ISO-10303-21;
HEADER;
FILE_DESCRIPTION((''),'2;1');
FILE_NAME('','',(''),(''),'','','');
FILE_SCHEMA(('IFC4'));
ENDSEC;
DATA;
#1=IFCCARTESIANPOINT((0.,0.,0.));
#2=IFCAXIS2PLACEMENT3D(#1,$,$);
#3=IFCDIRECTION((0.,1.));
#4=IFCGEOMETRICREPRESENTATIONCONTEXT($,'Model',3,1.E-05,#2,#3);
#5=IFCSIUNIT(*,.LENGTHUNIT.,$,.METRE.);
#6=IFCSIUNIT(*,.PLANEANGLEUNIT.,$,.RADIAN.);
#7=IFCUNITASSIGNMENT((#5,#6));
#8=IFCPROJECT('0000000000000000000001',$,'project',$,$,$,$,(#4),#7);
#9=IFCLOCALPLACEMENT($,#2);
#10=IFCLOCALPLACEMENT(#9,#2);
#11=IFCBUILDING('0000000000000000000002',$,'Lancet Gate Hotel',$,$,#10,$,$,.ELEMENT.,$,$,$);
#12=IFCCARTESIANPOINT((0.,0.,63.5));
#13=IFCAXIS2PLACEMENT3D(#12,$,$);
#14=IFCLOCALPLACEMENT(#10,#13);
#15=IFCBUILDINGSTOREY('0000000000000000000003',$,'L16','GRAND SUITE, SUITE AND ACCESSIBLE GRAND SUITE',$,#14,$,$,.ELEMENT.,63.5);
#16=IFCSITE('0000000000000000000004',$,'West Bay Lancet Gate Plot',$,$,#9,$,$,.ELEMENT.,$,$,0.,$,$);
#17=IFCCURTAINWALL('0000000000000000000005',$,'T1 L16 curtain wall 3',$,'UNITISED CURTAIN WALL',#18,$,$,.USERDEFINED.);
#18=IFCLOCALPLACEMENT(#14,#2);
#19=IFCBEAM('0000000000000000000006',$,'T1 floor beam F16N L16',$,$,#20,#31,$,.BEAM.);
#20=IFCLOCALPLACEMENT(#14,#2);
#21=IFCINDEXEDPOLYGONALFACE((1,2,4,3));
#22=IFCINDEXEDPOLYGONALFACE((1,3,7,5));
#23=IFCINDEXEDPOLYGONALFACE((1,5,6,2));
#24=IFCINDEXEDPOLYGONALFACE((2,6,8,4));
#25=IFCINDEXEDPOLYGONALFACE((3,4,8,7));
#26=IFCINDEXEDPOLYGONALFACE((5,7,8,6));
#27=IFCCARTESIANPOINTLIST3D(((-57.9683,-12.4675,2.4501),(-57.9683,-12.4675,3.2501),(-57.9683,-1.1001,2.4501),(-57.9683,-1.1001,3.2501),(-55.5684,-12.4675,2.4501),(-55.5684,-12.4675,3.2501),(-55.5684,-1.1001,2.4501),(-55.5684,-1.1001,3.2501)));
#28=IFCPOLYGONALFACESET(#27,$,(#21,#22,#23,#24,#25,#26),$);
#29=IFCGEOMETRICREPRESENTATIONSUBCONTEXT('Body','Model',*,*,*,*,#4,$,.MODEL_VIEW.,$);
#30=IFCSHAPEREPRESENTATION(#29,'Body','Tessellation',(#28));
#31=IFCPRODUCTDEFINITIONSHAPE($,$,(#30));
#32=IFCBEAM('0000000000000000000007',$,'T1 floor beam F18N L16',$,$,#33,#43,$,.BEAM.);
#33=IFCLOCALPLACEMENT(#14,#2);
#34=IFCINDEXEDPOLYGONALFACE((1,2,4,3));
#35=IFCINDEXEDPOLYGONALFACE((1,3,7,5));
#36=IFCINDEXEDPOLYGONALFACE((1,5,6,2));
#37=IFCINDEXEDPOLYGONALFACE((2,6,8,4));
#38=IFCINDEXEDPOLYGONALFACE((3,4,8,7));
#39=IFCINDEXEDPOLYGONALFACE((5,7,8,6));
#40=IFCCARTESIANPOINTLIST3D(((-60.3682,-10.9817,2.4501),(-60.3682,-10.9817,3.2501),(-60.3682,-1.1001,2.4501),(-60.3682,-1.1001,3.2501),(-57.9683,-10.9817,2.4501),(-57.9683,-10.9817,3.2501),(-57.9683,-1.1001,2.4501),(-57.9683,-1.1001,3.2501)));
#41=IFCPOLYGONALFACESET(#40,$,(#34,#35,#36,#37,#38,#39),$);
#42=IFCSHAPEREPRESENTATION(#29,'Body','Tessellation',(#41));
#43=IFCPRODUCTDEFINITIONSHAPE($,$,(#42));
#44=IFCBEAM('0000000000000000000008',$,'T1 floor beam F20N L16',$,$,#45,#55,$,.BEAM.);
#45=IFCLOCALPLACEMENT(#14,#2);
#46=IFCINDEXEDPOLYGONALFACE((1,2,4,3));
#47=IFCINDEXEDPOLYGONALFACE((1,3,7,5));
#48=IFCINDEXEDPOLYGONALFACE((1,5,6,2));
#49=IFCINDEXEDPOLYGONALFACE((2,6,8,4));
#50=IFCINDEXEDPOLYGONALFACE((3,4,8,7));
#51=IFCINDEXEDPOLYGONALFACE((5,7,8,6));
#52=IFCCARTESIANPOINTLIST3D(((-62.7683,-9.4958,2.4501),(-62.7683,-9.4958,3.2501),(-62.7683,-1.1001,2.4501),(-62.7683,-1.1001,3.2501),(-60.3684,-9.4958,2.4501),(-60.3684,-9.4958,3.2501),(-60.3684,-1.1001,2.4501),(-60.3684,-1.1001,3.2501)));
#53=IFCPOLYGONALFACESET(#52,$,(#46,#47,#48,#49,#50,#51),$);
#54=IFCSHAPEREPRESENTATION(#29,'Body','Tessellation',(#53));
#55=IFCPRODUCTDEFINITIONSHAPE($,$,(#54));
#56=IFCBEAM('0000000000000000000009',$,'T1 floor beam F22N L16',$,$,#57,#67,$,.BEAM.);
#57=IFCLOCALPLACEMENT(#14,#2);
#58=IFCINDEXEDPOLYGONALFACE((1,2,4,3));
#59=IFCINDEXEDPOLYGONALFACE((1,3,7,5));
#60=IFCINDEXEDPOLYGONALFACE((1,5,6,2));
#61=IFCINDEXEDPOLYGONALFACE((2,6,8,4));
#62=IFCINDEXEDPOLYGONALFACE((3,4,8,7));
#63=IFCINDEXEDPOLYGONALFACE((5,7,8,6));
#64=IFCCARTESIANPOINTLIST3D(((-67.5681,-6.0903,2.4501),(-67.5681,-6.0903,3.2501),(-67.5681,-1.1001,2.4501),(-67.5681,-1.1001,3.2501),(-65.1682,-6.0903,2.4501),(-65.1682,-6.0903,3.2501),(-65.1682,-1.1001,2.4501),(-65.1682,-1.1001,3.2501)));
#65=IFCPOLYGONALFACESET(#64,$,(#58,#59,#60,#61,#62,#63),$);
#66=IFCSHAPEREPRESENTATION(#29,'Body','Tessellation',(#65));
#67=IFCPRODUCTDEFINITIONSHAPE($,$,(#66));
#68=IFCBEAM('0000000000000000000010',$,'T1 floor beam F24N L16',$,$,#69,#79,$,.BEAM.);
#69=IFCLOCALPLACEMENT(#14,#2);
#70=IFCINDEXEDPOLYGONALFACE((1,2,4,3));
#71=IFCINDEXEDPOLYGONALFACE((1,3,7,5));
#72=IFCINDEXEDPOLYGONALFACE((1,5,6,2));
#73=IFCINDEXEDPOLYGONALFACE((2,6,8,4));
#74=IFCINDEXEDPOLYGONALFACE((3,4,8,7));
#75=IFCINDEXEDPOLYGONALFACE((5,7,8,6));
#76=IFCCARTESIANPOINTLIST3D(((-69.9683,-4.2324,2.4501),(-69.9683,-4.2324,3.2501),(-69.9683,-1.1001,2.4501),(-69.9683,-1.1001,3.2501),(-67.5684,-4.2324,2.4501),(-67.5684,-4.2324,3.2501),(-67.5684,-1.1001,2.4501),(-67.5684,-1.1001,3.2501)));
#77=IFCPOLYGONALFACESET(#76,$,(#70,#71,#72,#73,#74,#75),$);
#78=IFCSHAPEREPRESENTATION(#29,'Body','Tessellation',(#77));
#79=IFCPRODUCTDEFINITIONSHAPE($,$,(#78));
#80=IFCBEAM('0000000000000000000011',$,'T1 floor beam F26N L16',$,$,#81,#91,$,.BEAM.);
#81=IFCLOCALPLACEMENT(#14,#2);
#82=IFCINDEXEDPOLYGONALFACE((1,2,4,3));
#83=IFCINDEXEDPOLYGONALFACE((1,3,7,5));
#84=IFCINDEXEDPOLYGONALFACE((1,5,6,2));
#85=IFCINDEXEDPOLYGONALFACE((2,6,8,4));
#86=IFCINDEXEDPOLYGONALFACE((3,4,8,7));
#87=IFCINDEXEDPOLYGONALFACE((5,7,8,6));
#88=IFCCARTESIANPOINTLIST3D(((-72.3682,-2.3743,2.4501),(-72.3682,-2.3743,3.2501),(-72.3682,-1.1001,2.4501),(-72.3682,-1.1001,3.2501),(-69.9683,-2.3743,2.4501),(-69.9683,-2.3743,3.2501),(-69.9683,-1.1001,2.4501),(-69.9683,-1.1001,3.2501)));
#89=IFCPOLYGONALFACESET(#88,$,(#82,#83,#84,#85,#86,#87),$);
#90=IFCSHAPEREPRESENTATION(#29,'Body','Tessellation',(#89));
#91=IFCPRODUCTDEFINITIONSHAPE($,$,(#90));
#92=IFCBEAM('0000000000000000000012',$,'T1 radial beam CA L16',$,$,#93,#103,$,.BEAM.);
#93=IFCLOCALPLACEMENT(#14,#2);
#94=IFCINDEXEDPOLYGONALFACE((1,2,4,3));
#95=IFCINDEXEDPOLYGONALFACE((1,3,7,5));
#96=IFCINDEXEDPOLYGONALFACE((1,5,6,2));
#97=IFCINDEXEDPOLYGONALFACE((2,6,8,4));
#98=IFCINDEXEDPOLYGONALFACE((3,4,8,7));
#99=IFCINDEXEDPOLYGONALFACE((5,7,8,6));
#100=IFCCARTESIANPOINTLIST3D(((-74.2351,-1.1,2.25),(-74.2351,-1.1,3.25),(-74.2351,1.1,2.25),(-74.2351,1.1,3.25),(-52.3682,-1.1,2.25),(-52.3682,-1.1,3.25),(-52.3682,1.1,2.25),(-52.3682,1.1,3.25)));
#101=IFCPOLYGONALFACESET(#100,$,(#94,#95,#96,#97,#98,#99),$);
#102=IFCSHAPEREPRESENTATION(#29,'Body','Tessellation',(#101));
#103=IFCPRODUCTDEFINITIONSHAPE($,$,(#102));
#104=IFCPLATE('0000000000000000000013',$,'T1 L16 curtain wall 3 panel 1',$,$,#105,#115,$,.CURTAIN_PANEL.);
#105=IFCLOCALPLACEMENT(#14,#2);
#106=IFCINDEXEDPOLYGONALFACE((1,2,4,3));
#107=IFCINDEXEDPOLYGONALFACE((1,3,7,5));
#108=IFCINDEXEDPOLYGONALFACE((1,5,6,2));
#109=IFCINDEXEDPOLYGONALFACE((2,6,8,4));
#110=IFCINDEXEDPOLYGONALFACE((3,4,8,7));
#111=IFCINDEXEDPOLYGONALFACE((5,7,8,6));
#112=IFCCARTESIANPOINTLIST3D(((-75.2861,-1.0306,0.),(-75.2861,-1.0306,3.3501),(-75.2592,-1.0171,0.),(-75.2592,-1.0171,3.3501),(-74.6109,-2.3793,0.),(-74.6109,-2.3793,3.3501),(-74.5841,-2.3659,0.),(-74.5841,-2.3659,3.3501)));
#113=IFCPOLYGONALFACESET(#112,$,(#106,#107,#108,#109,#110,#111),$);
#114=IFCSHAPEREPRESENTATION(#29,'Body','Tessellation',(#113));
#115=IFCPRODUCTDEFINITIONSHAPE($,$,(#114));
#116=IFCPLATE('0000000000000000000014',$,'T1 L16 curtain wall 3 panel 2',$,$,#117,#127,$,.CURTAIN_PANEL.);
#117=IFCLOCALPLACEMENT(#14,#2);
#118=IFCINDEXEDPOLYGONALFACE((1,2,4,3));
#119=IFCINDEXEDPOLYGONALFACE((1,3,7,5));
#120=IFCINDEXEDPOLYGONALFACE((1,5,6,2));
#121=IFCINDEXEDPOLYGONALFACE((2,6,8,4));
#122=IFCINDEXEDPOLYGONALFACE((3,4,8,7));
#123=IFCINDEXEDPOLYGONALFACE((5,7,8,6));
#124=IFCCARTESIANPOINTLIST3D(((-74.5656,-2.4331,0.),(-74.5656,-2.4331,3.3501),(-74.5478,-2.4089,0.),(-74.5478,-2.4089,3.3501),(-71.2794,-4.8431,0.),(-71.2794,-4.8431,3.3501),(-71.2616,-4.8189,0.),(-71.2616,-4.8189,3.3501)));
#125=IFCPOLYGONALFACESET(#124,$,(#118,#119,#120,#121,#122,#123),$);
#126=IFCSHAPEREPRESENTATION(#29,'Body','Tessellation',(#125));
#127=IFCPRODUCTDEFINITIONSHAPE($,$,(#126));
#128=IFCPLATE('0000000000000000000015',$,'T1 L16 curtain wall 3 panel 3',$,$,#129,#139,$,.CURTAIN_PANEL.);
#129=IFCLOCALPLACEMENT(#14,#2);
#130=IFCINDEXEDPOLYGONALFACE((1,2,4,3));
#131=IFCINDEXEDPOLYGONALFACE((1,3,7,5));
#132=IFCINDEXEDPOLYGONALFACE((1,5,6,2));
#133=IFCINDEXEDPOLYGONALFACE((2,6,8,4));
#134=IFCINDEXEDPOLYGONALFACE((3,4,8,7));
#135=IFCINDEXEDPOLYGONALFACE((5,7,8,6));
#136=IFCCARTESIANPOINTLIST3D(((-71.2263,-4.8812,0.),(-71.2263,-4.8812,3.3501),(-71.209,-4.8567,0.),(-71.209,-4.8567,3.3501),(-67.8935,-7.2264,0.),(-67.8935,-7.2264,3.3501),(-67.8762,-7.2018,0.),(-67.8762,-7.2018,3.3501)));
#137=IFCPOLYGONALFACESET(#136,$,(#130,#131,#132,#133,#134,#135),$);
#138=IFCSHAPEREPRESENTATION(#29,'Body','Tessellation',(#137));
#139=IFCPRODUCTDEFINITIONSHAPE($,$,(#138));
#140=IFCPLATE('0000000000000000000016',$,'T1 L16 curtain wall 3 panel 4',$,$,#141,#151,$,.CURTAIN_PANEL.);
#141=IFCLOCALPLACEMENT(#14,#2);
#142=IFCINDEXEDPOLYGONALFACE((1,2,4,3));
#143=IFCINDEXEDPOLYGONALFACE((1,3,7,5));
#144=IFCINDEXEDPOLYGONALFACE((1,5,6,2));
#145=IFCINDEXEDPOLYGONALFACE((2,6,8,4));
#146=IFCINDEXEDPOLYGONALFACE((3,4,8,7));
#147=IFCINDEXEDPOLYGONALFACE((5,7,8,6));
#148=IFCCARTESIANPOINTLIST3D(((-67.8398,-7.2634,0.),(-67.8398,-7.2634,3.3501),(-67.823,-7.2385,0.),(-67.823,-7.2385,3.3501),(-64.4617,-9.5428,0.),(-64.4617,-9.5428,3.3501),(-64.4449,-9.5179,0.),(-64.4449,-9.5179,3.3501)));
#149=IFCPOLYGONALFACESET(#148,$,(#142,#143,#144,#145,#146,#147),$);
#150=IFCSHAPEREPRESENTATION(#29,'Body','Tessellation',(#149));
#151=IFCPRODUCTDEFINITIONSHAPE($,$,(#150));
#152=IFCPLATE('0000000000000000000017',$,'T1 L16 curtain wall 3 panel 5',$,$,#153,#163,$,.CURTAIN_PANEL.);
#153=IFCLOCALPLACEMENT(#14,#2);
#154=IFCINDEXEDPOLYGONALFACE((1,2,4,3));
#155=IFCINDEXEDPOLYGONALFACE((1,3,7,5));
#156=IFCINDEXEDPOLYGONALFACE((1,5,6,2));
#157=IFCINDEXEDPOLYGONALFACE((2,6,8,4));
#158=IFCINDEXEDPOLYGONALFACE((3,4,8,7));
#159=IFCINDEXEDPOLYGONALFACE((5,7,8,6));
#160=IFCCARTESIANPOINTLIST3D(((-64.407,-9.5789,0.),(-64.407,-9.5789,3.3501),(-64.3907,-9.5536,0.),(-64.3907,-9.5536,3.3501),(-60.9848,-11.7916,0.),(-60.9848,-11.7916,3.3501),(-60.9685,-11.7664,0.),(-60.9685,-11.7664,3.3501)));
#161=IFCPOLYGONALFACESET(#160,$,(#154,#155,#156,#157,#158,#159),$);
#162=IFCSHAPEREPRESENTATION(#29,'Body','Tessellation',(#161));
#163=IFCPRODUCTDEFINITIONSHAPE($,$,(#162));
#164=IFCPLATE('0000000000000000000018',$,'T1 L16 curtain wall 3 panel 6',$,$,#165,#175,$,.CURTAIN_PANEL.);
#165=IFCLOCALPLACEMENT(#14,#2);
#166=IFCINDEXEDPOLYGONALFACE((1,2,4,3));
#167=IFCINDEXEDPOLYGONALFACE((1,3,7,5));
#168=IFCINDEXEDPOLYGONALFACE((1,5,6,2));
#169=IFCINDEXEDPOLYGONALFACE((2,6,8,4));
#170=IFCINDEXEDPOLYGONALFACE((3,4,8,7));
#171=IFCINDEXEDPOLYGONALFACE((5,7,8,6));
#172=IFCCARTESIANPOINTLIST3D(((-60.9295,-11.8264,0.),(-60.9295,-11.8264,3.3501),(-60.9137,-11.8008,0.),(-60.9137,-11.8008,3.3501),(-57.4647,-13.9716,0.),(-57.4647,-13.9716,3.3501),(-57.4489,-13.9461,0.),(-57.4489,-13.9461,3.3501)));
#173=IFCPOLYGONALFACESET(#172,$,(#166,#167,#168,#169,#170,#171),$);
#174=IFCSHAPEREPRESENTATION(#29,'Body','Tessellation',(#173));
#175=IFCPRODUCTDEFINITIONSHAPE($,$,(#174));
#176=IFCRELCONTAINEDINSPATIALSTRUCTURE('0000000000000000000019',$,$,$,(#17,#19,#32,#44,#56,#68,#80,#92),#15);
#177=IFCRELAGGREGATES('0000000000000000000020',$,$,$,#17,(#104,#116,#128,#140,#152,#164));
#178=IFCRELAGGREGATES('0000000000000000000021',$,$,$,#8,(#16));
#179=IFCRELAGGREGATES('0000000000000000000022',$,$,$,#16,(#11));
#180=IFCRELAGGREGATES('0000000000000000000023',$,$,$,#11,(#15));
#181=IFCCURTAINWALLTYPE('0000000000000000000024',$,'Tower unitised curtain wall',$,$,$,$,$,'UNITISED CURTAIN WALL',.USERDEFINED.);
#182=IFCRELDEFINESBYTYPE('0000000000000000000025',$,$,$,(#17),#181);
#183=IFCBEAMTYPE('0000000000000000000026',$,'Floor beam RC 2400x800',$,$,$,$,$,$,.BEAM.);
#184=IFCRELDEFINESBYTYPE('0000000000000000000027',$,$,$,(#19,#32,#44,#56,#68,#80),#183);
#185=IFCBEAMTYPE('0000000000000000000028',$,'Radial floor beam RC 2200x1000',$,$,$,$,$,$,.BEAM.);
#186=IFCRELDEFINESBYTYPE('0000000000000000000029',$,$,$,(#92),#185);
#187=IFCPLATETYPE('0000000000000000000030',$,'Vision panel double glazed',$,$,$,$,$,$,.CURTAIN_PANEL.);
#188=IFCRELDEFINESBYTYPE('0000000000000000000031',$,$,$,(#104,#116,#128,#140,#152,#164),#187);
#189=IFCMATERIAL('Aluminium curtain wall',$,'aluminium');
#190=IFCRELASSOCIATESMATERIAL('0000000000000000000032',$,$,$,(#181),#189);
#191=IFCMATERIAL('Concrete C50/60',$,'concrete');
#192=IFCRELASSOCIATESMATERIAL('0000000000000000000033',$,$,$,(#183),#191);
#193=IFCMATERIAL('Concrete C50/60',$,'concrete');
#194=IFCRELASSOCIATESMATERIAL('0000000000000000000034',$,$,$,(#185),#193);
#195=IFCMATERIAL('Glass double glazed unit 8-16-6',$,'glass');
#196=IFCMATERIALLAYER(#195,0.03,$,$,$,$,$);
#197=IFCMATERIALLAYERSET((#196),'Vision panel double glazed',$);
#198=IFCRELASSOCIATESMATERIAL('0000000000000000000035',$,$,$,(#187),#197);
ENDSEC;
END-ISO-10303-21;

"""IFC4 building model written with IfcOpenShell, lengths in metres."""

from ifc_helpers import new_model, si_unit, direction, frame, origin, origin_2d, place, context, subcontext, project, spatial, rectangle, extrude, material, layer, layer_set, material_profile, profile_set, type_object, element, aggregate, save


model = new_model("IFC4")

# Units and contexts
model_context = context("Model", 3, precision=1e-05, world=origin(), true_north=direction((0.0, 1.0)))
body_context = subcontext(model_context, "Body", "Model", "MODEL_VIEW")
ifc_project = project(units=[si_unit("LENGTHUNIT", "METRE"), si_unit("PLANEANGLEUNIT", "RADIAN")], contexts=[model_context])

# Site, building, storey
site_placement = place(None, origin())
site = spatial("IfcSite", under=ifc_project, at=site_placement, Name="West Bay Lancet Gate Plot", CompositionType="ELEMENT", RefElevation=0.0)
building_placement = place(site_placement, origin())
building = spatial("IfcBuilding", under=site, at=building_placement, Name="Lancet Gate Hotel", CompositionType="ELEMENT")
storey_placement = place(building_placement, frame((0.0, 0.0, 63.5)))
storey = spatial("IfcBuildingStorey", under=building, at=storey_placement, Name="L16", Description="GRAND SUITE, SUITE AND ACCESSIBLE GRAND SUITE", CompositionType="ELEMENT", Elevation=63.5)

# Shared definitions
ifc_material_1 = material(Name="Aluminium curtain wall", Category="aluminium")
curtain_wall_type = type_object("IfcCurtainWallType", Name="Tower unitised curtain wall", ElementType="UNITISED CURTAIN WALL", PredefinedType="USERDEFINED", material=ifc_material_1)

# Curtain wall
curtain_wall_1_placement = place(storey_placement, origin())
curtain_wall_1 = element("IfcCurtainWall", 1, at=curtain_wall_1_placement, inside=storey, type_object=curtain_wall_type, Name="T1 L16 curtain wall 3", ObjectType="UNITISED CURTAIN WALL", PredefinedType="USERDEFINED")

# Beams
ifc_material_2 = material(Name="Concrete C50/60", Category="concrete")
ifc_material_profile_1 = material_profile(ifc_material_2, rectangle(XDim=2.3999, YDim=0.8, at=origin_2d()), Name="RC 2400x800")
ifc_profile_set_1 = profile_set([ifc_material_profile_1], Name="Concrete C50/60")
beam_type_1 = type_object("IfcBeamType", Name="Floor beam RC 2400x800", PredefinedType="BEAM", material=ifc_profile_set_1)
beam_1_placement = place(storey_placement, frame((-56.7683, -1.1001, 2.8501), z_axis=(0.0, -1.0, 0.0), x_axis=(1.0, 0.0, 0.0)))
element("IfcBeam", 2, at=beam_1_placement, inside=storey, type_object=beam_type_1, Name="T1 floor beam F16N L16", PredefinedType="BEAM", context=body_context, shape_type="SweptSolid", body=[
    extrude(rectangle(XDim=2.3999, YDim=0.8, at=origin_2d()), origin(), (0.0, 0.0, 1.0), 11.3674),
])
beam_2_placement = place(storey_placement, frame((-59.1682, -1.1001, 2.8501), z_axis=(0.0, -1.0, 0.0), x_axis=(1.0, 0.0, 0.0)))
element("IfcBeam", 3, at=beam_2_placement, inside=storey, type_object=beam_type_1, Name="T1 floor beam F18N L16", PredefinedType="BEAM", context=body_context, shape_type="SweptSolid", body=[
    extrude(rectangle(XDim=2.3999, YDim=0.8, at=origin_2d()), origin(), (0.0, 0.0, 1.0), 9.8816),
])
beam_3_placement = place(storey_placement, frame((-61.5684, -1.1001, 2.8501), z_axis=(0.0, -1.0, 0.0), x_axis=(1.0, 0.0, 0.0)))
element("IfcBeam", 4, at=beam_3_placement, inside=storey, type_object=beam_type_1, Name="T1 floor beam F20N L16", PredefinedType="BEAM", context=body_context, shape_type="SweptSolid", body=[
    extrude(rectangle(XDim=2.3999, YDim=0.8, at=origin_2d()), origin(), (0.0, 0.0, 1.0), 8.3958),
])
beam_4_placement = place(storey_placement, frame((-66.3682, -1.1001, 2.8501), z_axis=(0.0, -1.0, 0.0), x_axis=(1.0, 0.0, 0.0)))
element("IfcBeam", 5, at=beam_4_placement, inside=storey, type_object=beam_type_1, Name="T1 floor beam F22N L16", PredefinedType="BEAM", context=body_context, shape_type="SweptSolid", body=[
    extrude(rectangle(XDim=2.3999, YDim=0.8, at=origin_2d()), origin(), (0.0, 0.0, 1.0), 4.9902),
])
beam_5_placement = place(storey_placement, frame((-68.7683, -1.1001, 2.8501), z_axis=(0.0, -1.0, 0.0), x_axis=(1.0, 0.0, 0.0)))
element("IfcBeam", 6, at=beam_5_placement, inside=storey, type_object=beam_type_1, Name="T1 floor beam F24N L16", PredefinedType="BEAM", context=body_context, shape_type="SweptSolid", body=[
    extrude(rectangle(XDim=2.3999, YDim=0.8, at=origin_2d()), origin(), (0.0, 0.0, 1.0), 3.1323),
])
beam_6_placement = place(storey_placement, frame((-71.1682, -1.1001, 2.8501), z_axis=(0.0, -1.0, 0.0), x_axis=(1.0, 0.0, 0.0)))
element("IfcBeam", 7, at=beam_6_placement, inside=storey, type_object=beam_type_1, Name="T1 floor beam F26N L16", PredefinedType="BEAM", context=body_context, shape_type="SweptSolid", body=[
    extrude(rectangle(XDim=2.3999, YDim=0.8, at=origin_2d()), origin(), (0.0, 0.0, 1.0), 1.2742),
])
ifc_material_3 = material(Name="Concrete C50/60", Category="concrete")
ifc_material_profile_2 = material_profile(ifc_material_3, rectangle(XDim=2.2, YDim=1.0, at=origin_2d()), Name="RC 2200x1000")
ifc_profile_set_2 = profile_set([ifc_material_profile_2], Name="Concrete C50/60")
beam_type_2 = type_object("IfcBeamType", Name="Radial floor beam RC 2200x1000", PredefinedType="BEAM", material=ifc_profile_set_2)
beam_7_placement = place(storey_placement, frame((-74.2351, 0.0, 2.75), z_axis=(1.0, 0.0, 0.0), x_axis=(0.0, 1.0, 0.0)))
element("IfcBeam", 8, at=beam_7_placement, inside=storey, type_object=beam_type_2, Name="T1 radial beam CA L16", PredefinedType="BEAM", context=body_context, shape_type="SweptSolid", body=[
    extrude(rectangle(XDim=2.2, YDim=1.0, at=origin_2d()), origin(), (0.0, 0.0, 1.0), 21.8669),
])

# Plates
ifc_material_4 = material(Name="Glass double glazed unit 8-16-6", Category="glass")
ifc_layer = layer(ifc_material_4, 0.03)
ifc_layer_set = layer_set([ifc_layer], Name="Vision panel double glazed")
plate_type = type_object("IfcPlateType", Name="Vision panel double glazed", PredefinedType="CURTAIN_PANEL", material=ifc_layer_set)
plate_1_placement = place(storey_placement, frame((-74.9351, -1.6982, 0.0), z_axis=(0.0, 0.0, 1.0), x_axis=(0.447628, -0.89422, 0.0)))
plate_1 = element("IfcPlate", 9, at=plate_1_placement, type_object=plate_type, Name="T1 L16 curtain wall 3 panel 1", PredefinedType="CURTAIN_PANEL", context=body_context, shape_type="SweptSolid", body=[
    extrude(rectangle(XDim=1.5083, YDim=0.03, at=origin_2d()), origin(), (0.0, 0.0, 1.0), 3.3501),
])
plate_2_placement = place(storey_placement, frame((-72.9136, -3.626, 0.0), z_axis=(0.0, 0.0, 1.0), x_axis=(0.80639, -0.591384, 0.0)))
plate_2 = element("IfcPlate", 10, at=plate_2_placement, type_object=plate_type, Name="T1 L16 curtain wall 3 panel 2", PredefinedType="CURTAIN_PANEL", context=body_context, shape_type="SweptSolid", body=[
    extrude(rectangle(XDim=4.0752, YDim=0.03, at=origin_2d()), origin(), (0.0, 0.0, 1.0), 3.3501),
])
plate_3_placement = place(storey_placement, frame((-69.5513, -6.0415, 0.0), z_axis=(0.0, 0.0, 1.0), x_axis=(0.817825, -0.575467, 0.0)))
plate_3 = element("IfcPlate", 11, at=plate_3_placement, type_object=plate_type, Name="T1 L16 curtain wall 3 panel 3", PredefinedType="CURTAIN_PANEL", context=body_context, shape_type="SweptSolid", body=[
    extrude(rectangle(XDim=4.0752, YDim=0.03, at=origin_2d()), origin(), (0.0, 0.0, 1.0), 3.3501),
])
plate_4_placement = place(storey_placement, frame((-66.1423, -8.3906, 0.0), z_axis=(0.0, 0.0, 1.0), x_axis=(0.828946, -0.559329, 0.0)))
plate_4 = element("IfcPlate", 12, at=plate_4_placement, type_object=plate_type, Name="T1 L16 curtain wall 3 panel 4", PredefinedType="CURTAIN_PANEL", context=body_context, shape_type="SweptSolid", body=[
    extrude(rectangle(XDim=4.0752, YDim=0.03, at=origin_2d()), origin(), (0.0, 0.0, 1.0), 3.3501),
])
plate_5_placement = place(storey_placement, frame((-62.6877, -10.6726, 0.0), z_axis=(0.0, 0.0, 1.0), x_axis=(0.839749, -0.542975, 0.0)))
plate_5 = element("IfcPlate", 13, at=plate_5_placement, type_object=plate_type, Name="T1 L16 curtain wall 3 panel 5", PredefinedType="CURTAIN_PANEL", context=body_context, shape_type="SweptSolid", body=[
    extrude(rectangle(XDim=4.0752, YDim=0.03, at=origin_2d()), origin(), (0.0, 0.0, 1.0), 3.3501),
])
plate_6_placement = place(storey_placement, frame((-59.1892, -12.8862, 0.0), z_axis=(0.0, 0.0, 1.0), x_axis=(0.850229, -0.526414, 0.0)))
plate_6 = element("IfcPlate", 14, at=plate_6_placement, type_object=plate_type, Name="T1 L16 curtain wall 3 panel 6", PredefinedType="CURTAIN_PANEL", context=body_context, shape_type="SweptSolid", body=[
    extrude(rectangle(XDim=4.0752, YDim=0.03, at=origin_2d()), origin(), (0.0, 0.0, 1.0), 3.3501),
])
aggregate(curtain_wall_1, [plate_1, plate_2, plate_3, plate_4, plate_5, plate_6])

save(model, "model.ifc")
